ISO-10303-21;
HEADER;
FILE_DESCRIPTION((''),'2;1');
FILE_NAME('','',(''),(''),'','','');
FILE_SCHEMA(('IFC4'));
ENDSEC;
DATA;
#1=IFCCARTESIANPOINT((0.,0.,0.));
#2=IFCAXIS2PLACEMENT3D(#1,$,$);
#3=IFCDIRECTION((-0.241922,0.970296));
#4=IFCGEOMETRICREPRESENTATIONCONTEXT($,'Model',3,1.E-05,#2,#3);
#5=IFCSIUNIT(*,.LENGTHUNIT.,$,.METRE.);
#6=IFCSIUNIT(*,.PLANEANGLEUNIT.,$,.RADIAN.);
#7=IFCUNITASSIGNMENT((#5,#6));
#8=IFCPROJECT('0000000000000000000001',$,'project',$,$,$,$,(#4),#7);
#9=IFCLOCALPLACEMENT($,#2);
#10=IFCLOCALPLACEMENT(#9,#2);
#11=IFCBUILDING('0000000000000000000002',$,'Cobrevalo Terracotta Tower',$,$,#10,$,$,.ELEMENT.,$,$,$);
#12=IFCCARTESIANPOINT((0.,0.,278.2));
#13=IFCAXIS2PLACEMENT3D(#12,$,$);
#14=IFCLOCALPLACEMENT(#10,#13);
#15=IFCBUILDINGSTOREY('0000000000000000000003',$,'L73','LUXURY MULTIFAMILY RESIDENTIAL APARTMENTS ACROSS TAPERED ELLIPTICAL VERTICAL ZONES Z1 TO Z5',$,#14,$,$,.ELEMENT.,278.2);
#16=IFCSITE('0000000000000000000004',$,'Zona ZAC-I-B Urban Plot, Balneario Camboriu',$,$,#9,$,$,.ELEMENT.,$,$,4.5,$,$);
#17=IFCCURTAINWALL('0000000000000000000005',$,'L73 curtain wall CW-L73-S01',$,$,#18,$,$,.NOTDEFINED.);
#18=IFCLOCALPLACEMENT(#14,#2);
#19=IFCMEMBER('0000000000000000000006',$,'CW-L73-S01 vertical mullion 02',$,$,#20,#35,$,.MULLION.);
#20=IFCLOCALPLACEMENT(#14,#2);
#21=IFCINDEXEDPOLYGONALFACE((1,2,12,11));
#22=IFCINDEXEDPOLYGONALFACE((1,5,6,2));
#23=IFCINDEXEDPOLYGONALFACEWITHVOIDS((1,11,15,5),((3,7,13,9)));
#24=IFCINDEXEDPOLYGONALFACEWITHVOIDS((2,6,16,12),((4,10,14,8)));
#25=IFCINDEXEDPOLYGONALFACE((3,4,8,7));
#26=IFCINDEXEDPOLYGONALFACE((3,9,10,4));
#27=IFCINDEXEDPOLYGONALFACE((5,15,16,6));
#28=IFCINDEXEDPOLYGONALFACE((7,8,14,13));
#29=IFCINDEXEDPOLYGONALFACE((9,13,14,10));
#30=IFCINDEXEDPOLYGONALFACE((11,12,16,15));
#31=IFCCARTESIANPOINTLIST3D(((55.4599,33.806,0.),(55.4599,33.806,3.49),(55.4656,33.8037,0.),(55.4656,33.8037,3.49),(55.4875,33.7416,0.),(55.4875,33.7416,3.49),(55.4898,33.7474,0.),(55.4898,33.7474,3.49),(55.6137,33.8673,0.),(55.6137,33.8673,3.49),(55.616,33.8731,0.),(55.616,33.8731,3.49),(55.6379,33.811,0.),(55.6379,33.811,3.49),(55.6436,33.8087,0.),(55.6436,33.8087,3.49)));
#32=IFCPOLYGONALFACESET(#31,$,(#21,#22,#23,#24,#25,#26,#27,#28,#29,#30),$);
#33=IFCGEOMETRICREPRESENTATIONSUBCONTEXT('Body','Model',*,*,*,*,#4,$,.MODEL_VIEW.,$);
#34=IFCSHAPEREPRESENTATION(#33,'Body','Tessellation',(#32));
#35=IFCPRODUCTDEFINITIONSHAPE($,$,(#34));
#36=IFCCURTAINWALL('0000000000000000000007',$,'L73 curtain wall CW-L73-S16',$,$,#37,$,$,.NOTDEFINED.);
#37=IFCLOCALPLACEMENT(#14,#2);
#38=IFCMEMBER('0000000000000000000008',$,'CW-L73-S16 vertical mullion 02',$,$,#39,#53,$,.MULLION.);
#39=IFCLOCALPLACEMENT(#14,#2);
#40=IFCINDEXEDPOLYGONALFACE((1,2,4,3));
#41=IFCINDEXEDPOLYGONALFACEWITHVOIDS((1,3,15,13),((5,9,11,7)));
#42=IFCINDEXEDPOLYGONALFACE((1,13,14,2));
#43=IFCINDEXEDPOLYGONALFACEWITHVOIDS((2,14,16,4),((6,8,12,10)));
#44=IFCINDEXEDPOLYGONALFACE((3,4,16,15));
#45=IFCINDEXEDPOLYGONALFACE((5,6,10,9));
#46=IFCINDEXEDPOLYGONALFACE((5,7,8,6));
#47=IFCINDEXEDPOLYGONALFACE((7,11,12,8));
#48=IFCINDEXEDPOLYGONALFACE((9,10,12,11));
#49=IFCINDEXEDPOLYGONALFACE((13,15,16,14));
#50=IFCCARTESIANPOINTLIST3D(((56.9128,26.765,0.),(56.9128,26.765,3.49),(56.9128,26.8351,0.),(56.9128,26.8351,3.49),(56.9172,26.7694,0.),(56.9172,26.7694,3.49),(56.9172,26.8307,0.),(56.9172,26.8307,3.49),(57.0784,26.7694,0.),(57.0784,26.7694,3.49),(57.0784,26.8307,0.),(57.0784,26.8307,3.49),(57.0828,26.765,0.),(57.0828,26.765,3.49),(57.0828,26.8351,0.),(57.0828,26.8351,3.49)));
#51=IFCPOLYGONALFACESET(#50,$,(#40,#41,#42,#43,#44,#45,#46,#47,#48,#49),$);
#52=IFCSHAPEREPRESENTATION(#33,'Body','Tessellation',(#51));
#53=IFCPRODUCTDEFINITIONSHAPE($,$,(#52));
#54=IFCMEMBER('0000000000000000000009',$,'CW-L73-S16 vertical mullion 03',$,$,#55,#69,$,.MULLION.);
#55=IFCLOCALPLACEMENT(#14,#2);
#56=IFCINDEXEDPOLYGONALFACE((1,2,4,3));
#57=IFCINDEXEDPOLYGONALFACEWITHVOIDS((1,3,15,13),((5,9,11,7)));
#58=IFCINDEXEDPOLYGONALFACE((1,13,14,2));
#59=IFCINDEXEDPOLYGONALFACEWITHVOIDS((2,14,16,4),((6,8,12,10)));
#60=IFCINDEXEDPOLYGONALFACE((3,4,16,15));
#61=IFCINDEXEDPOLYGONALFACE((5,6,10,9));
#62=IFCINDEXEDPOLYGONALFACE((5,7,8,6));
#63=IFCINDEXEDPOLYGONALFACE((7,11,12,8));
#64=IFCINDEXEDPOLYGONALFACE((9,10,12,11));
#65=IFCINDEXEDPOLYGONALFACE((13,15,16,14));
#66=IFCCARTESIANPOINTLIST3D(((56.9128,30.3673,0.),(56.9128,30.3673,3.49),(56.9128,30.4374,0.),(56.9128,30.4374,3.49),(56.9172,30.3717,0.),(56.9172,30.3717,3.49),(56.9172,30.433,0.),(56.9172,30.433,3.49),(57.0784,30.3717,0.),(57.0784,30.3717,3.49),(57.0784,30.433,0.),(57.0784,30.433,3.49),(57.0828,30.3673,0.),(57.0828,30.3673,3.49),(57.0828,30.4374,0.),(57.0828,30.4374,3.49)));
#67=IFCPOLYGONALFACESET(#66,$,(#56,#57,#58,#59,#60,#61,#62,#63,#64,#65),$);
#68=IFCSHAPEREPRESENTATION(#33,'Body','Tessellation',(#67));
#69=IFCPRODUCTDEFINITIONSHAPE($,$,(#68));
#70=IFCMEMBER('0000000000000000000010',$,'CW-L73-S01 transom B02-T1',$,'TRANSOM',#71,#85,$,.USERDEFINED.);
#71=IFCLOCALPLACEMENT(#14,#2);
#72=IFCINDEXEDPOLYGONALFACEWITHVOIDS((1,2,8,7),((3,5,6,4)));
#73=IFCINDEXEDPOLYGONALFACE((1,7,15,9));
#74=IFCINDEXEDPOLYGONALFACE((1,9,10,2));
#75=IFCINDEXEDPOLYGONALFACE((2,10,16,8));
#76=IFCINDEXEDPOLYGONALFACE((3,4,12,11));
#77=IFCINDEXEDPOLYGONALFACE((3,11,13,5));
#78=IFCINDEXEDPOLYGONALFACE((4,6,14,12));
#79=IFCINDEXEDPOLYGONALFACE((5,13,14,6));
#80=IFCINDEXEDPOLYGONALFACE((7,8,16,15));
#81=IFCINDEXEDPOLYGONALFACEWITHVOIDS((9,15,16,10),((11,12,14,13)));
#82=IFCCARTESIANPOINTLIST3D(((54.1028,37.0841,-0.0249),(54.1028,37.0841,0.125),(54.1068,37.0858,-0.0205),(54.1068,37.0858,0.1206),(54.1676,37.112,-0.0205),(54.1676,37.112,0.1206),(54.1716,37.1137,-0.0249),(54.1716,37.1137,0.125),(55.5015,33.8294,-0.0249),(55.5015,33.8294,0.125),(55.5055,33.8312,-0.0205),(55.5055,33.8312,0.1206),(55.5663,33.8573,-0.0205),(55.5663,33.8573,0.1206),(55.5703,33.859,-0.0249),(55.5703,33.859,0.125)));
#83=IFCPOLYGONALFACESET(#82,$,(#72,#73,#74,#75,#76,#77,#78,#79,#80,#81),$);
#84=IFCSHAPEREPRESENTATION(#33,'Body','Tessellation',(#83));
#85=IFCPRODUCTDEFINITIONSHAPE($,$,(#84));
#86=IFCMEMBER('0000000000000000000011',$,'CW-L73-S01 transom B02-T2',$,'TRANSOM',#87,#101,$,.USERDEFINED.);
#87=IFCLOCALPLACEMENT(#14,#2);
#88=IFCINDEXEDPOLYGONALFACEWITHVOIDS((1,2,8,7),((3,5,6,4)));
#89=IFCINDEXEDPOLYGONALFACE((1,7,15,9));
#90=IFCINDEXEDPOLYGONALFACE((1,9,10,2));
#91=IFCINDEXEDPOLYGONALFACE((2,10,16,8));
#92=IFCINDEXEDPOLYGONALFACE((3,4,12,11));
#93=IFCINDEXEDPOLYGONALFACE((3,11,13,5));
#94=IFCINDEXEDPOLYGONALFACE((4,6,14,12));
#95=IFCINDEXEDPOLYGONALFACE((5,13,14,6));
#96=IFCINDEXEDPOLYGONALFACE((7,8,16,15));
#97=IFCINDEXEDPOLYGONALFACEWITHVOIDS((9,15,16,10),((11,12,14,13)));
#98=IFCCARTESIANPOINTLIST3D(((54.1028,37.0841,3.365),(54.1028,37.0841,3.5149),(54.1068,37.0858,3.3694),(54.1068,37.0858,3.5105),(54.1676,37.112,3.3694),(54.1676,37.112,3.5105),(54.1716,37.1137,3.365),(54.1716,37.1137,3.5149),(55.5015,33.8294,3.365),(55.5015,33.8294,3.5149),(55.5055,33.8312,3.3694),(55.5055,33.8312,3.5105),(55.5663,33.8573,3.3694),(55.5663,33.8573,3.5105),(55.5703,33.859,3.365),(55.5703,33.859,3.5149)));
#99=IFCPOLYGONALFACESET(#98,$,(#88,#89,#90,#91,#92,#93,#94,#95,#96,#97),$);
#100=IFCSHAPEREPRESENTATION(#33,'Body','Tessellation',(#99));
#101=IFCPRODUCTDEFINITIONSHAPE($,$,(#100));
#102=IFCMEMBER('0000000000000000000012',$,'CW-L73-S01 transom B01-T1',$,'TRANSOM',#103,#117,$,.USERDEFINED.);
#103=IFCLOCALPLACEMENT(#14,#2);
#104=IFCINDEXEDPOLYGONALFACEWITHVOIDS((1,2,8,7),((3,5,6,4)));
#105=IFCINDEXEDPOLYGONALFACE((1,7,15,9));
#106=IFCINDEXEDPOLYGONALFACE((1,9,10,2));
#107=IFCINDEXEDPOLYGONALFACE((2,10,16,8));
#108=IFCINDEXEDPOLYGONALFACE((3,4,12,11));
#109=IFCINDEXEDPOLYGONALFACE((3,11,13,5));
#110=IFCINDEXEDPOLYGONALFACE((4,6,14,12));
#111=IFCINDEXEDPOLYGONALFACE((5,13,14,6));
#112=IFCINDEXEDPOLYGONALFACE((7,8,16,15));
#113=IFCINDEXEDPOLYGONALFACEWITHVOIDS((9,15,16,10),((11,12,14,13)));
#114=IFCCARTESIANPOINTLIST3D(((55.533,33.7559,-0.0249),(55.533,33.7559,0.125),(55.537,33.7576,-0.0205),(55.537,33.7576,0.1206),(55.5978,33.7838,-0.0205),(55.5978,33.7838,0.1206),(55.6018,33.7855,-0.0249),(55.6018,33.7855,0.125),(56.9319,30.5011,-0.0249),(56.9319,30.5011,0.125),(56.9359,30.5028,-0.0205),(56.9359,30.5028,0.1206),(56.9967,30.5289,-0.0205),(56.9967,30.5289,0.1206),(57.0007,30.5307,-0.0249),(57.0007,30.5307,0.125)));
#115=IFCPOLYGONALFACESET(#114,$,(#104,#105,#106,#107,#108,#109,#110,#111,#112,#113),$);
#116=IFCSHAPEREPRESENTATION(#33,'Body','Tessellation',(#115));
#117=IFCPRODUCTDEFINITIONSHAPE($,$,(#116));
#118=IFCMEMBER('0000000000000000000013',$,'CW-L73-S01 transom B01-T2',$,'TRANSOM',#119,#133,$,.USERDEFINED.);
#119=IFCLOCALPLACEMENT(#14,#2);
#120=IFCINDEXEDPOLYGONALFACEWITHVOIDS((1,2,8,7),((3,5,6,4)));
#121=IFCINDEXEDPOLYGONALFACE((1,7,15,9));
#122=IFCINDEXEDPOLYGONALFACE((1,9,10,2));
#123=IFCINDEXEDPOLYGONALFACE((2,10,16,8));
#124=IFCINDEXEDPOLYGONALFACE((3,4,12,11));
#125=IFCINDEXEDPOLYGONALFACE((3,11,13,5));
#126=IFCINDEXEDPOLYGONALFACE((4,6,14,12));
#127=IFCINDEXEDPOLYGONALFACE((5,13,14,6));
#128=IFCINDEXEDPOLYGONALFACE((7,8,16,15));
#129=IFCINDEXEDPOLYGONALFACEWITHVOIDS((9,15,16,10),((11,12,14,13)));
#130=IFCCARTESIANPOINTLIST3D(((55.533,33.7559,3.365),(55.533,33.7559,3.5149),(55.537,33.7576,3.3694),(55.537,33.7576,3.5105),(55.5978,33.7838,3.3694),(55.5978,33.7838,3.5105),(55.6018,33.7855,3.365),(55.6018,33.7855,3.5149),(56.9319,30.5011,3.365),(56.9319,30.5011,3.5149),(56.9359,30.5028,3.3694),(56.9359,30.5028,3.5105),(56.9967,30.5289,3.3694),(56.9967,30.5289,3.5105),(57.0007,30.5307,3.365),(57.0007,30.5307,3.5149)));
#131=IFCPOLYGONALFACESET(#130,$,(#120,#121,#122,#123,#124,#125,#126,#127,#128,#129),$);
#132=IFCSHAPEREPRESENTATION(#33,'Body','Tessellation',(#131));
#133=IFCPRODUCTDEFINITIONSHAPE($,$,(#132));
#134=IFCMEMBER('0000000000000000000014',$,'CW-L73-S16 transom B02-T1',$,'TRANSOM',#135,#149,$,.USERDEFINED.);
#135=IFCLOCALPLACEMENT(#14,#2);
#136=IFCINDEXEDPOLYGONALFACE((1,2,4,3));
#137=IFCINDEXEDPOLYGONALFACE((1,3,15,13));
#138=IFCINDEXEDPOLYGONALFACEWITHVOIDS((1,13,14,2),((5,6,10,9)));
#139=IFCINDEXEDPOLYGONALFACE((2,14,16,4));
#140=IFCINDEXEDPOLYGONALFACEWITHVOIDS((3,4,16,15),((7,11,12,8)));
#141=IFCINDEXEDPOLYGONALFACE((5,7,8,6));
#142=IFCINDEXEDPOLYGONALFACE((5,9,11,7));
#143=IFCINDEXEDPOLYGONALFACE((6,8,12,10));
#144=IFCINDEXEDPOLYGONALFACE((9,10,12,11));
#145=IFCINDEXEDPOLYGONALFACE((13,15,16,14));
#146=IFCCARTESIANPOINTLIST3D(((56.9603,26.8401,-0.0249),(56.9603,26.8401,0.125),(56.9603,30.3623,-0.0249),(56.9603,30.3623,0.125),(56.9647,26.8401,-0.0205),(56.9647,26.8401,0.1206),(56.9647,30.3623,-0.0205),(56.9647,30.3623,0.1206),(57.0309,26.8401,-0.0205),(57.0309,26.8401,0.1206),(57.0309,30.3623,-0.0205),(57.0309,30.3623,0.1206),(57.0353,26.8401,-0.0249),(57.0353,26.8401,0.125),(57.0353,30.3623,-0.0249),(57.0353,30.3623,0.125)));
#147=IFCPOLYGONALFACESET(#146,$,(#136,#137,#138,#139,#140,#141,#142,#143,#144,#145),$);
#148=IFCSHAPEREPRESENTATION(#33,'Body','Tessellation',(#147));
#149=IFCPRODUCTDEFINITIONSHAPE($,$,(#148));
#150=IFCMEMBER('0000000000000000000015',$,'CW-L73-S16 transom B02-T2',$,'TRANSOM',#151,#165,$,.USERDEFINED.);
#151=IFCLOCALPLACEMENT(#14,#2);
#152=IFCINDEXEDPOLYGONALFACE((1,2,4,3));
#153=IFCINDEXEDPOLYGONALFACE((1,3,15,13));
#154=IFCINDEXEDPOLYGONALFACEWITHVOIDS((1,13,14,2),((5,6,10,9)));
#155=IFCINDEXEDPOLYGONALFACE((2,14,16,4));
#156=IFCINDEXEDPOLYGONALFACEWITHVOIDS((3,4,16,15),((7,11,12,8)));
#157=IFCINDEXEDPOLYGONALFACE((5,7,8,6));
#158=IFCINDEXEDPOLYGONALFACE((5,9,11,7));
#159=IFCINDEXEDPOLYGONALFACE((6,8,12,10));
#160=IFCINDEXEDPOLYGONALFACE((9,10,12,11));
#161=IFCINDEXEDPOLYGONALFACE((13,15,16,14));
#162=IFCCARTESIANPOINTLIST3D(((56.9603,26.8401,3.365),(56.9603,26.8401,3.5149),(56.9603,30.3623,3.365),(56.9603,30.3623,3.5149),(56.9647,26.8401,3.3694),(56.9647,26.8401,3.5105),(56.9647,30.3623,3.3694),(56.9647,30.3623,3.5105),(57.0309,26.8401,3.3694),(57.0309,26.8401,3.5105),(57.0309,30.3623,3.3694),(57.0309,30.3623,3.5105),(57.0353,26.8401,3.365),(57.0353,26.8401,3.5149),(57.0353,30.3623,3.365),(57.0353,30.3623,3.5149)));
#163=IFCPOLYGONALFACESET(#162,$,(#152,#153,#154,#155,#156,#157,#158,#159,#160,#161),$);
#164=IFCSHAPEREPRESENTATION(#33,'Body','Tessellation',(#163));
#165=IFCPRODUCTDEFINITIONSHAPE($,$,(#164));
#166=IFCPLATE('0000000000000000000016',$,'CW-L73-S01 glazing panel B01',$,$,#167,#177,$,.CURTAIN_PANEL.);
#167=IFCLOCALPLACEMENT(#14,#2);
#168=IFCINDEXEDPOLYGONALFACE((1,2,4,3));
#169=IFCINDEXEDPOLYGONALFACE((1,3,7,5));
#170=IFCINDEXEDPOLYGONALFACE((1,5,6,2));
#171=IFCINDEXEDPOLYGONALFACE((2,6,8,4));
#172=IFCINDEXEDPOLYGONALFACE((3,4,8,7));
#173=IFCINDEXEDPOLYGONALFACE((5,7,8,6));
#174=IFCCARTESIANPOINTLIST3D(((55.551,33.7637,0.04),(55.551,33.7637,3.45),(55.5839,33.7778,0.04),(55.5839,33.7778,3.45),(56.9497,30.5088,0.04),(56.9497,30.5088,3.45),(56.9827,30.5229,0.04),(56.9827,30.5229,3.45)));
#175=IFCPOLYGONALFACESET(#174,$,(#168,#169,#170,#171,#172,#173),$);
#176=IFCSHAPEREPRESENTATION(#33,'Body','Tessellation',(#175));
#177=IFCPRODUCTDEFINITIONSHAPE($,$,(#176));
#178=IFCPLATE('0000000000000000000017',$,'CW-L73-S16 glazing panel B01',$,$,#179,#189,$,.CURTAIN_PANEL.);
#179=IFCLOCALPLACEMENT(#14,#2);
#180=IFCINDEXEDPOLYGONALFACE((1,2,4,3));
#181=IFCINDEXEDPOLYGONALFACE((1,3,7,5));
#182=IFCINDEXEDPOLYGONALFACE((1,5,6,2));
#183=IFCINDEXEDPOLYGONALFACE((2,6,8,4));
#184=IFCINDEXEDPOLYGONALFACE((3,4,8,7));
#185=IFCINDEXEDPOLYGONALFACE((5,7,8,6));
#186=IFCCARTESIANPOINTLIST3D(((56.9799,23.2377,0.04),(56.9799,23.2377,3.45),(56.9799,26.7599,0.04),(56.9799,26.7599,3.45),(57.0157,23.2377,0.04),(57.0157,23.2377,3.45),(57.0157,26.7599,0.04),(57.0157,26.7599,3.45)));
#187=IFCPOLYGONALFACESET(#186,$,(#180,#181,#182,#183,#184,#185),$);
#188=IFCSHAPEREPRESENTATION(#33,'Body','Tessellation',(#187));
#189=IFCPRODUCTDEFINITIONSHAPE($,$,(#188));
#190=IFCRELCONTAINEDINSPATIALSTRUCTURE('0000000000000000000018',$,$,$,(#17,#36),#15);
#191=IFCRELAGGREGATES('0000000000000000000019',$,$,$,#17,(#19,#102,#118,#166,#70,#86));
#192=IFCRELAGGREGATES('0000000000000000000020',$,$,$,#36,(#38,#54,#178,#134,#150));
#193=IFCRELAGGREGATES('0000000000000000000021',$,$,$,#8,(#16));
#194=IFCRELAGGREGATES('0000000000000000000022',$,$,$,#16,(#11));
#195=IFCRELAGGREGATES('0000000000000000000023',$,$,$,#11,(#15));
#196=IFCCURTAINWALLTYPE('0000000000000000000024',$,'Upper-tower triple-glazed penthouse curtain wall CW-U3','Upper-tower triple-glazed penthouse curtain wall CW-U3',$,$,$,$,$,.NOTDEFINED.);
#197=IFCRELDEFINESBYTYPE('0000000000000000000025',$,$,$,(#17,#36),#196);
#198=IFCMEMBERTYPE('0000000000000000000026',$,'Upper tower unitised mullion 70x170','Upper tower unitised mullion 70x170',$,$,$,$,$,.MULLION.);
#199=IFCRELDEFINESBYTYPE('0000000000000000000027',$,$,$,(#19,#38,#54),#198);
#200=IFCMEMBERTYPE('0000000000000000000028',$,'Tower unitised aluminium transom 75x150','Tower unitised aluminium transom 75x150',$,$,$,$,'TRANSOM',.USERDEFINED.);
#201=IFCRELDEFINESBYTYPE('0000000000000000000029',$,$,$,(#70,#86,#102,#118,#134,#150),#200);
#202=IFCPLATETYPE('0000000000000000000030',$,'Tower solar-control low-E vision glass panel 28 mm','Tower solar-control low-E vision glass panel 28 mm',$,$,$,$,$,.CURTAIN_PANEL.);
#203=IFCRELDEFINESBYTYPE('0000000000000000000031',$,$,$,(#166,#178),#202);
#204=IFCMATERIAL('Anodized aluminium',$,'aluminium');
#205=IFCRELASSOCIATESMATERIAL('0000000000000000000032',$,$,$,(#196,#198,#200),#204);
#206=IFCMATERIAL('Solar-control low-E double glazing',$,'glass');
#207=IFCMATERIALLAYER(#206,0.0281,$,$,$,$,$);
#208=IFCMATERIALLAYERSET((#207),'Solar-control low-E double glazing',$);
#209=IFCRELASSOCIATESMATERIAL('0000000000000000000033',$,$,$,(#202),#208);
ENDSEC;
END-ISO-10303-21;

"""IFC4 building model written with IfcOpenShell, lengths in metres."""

from ifc_helpers import new_model, si_unit, direction, frame, origin, origin_2d, place, context, subcontext, project, spatial, rectangle, hollow_rectangle, extrude, source, transform, mapped, material, layer, layer_set, material_profile, profile_set, type_object, element, aggregate, save


model = new_model("IFC4")

# Units and contexts
model_context = context("Model", 3, precision=1e-05, world=origin(), true_north=direction((-0.241922, 0.970296)))
body_context = subcontext(model_context, "Body", "Model", "MODEL_VIEW")
ifc_project = project(units=[si_unit("LENGTHUNIT", "METRE"), si_unit("PLANEANGLEUNIT", "RADIAN")], contexts=[model_context])

# Site, building, storey
site_placement = place(None, origin())
site = spatial("IfcSite", under=ifc_project, at=site_placement, Name="Zona ZAC-I-B Urban Plot, Balneario Camboriu", CompositionType="ELEMENT", RefElevation=4.5)
building_placement = place(site_placement, origin())
building = spatial("IfcBuilding", under=site, at=building_placement, Name="Cobrevalo Terracotta Tower", CompositionType="ELEMENT")
storey_placement = place(building_placement, frame((0.0, 0.0, 278.2)))
storey = spatial("IfcBuildingStorey", under=building, at=storey_placement, Name="L73", Description="LUXURY MULTIFAMILY RESIDENTIAL APARTMENTS ACROSS TAPERED ELLIPTICAL VERTICAL ZONES Z1 TO Z5", CompositionType="ELEMENT", Elevation=278.2)

# Curtain walls, members
ifc_material_1 = material(Name="Anodized aluminium", Category="aluminium")
curtain_wall_type = type_object("IfcCurtainWallType", Name="Upper-tower triple-glazed penthouse curtain wall CW-U3", Description="Upper-tower triple-glazed penthouse curtain wall CW-U3", PredefinedType="NOTDEFINED", material=ifc_material_1)
curtain_wall_1_placement = place(storey_placement, origin())
curtain_wall_1 = element("IfcCurtainWall", 1, at=curtain_wall_1_placement, inside=storey, type_object=curtain_wall_type, Name="L73 curtain wall CW-L73-S01", PredefinedType="NOTDEFINED")
ifc_material_profile_1 = material_profile(ifc_material_1, hollow_rectangle(XDim=0.0701, YDim=0.1699, WallThickness=0.0044, at=origin_2d()), Name="CWM 70x170")
ifc_profile_set_1 = profile_set([ifc_material_profile_1], Name="Anodized aluminium")
member_type_1 = type_object("IfcMemberType", Name="Upper tower unitised mullion 70x170", Description="Upper tower unitised mullion 70x170", PredefinedType="MULLION", material=ifc_profile_set_1)
shared_shape_1 = source(origin(), body_context, "Body", "SweptSolid", [
    extrude(hollow_rectangle(XDim=0.0701, YDim=0.1699, WallThickness=0.0044, at=origin_2d()), origin(), (0.0, 0.0, 1.0), 3.49),
])
member_1_placement = place(storey_placement, frame((55.5518, 33.8074, 0.0), z_axis=(0.0, 0.0, 1.0), x_axis=(-0.394824, 0.918757, 0.0)))
member_1 = element("IfcMember", 2, at=member_1_placement, type_object=member_type_1, Name="CW-L73-S01 vertical mullion 02", PredefinedType="MULLION", context=body_context, shape_type="MappedRepresentation", body=[
    mapped(shared_shape_1, transform((0.0, 0.0, 0.0), scale=1.0)),
])
curtain_wall_2_placement = place(storey_placement, origin())
curtain_wall_2 = element("IfcCurtainWall", 3, at=curtain_wall_2_placement, inside=storey, type_object=curtain_wall_type, Name="L73 curtain wall CW-L73-S16", PredefinedType="NOTDEFINED")
member_2_placement = place(storey_placement, frame((56.9978, 26.8, 0.0), z_axis=(0.0, 0.0, 1.0), x_axis=(0.0, 1.0, 0.0)))
member_2 = element("IfcMember", 4, at=member_2_placement, type_object=member_type_1, Name="CW-L73-S16 vertical mullion 02", PredefinedType="MULLION", context=body_context, shape_type="MappedRepresentation", body=[
    mapped(shared_shape_1, transform((0.0, 0.0, 0.0), scale=1.0)),
])
member_3_placement = place(storey_placement, frame((56.9978, 30.4023, 0.0), z_axis=(0.0, 0.0, 1.0), x_axis=(0.0, 1.0, 0.0)))
member_3 = element("IfcMember", 5, at=member_3_placement, type_object=member_type_1, Name="CW-L73-S16 vertical mullion 03", PredefinedType="MULLION", context=body_context, shape_type="MappedRepresentation", body=[
    mapped(shared_shape_1, transform((0.0, 0.0, 0.0), scale=1.0)),
])

# Members
ifc_material_profile_2 = material_profile(ifc_material_1, hollow_rectangle(XDim=0.075, YDim=0.1499, WallThickness=0.0044, at=origin_2d()), Name="CWT 75x150")
ifc_profile_set_2 = profile_set([ifc_material_profile_2], Name="Anodized aluminium")
member_type_2 = type_object("IfcMemberType", Name="Tower unitised aluminium transom 75x150", Description="Tower unitised aluminium transom 75x150", ElementType="TRANSOM", PredefinedType="USERDEFINED", material=ifc_profile_set_2)
shared_shape_2 = source(origin(), body_context, "Body", "SweptSolid", [
    extrude(hollow_rectangle(XDim=0.075, YDim=0.1499, WallThickness=0.0044, at=origin_2d()), origin(), (0.0, 0.0, 1.0), 3.5425),
])
member_4_placement = place(storey_placement, frame((55.5359, 33.8442, 0.05), z_axis=(-0.394834, 0.918752, 0.0), x_axis=(-0.918752, -0.394834, 0.0)))
member_4 = element("IfcMember", 6, at=member_4_placement, type_object=member_type_2, Name="CW-L73-S01 transom B02-T1", ObjectType="TRANSOM", PredefinedType="USERDEFINED", context=body_context, shape_type="MappedRepresentation", body=[
    mapped(shared_shape_2, transform((0.0, 0.0, 0.0), scale=1.0)),
])
member_5_placement = place(storey_placement, frame((55.5359, 33.8442, 3.4399), z_axis=(-0.394834, 0.918752, 0.0), x_axis=(-0.918752, -0.394834, 0.0)))
member_5 = element("IfcMember", 7, at=member_5_placement, type_object=member_type_2, Name="CW-L73-S01 transom B02-T2", ObjectType="TRANSOM", PredefinedType="USERDEFINED", context=body_context, shape_type="MappedRepresentation", body=[
    mapped(shared_shape_2, transform((0.0, 0.0, 0.0), scale=1.0)),
])
shared_shape_3 = source(origin(), body_context, "Body", "SweptSolid", [
    extrude(hollow_rectangle(XDim=0.075, YDim=0.1499, WallThickness=0.0044, at=origin_2d()), origin(), (0.0, 0.0, 1.0), 3.5427),
])
member_6_placement = place(storey_placement, frame((56.9663, 30.5159, 0.05), z_axis=(-0.394867, 0.918738, 0.0), x_axis=(-0.918738, -0.394867, 0.0)))
member_6 = element("IfcMember", 8, at=member_6_placement, type_object=member_type_2, Name="CW-L73-S01 transom B01-T1", ObjectType="TRANSOM", PredefinedType="USERDEFINED", context=body_context, shape_type="MappedRepresentation", body=[
    mapped(shared_shape_3, transform((0.0, 0.0, 0.0), scale=1.0)),
])
member_7_placement = place(storey_placement, frame((56.9663, 30.5159, 3.4399), z_axis=(-0.394867, 0.918738, 0.0), x_axis=(-0.918738, -0.394867, 0.0)))
member_7 = element("IfcMember", 9, at=member_7_placement, type_object=member_type_2, Name="CW-L73-S01 transom B01-T2", ObjectType="TRANSOM", PredefinedType="USERDEFINED", context=body_context, shape_type="MappedRepresentation", body=[
    mapped(shared_shape_3, transform((0.0, 0.0, 0.0), scale=1.0)),
])
shared_shape_4 = source(origin(), body_context, "Body", "SweptSolid", [
    extrude(hollow_rectangle(XDim=0.075, YDim=0.1499, WallThickness=0.0044, at=origin_2d()), origin(), (0.0, 0.0, 1.0), 3.5222),
])
member_8_placement = place(storey_placement, frame((56.9978, 26.8401, 0.05), z_axis=(0.0, 1.0, 0.0), x_axis=(-1.0, 0.0, 0.0)))
member_8 = element("IfcMember", 10, at=member_8_placement, type_object=member_type_2, Name="CW-L73-S16 transom B02-T1", ObjectType="TRANSOM", PredefinedType="USERDEFINED", context=body_context, shape_type="MappedRepresentation", body=[
    mapped(shared_shape_4, transform((0.0, 0.0, 0.0), scale=1.0)),
])
member_9_placement = place(storey_placement, frame((56.9978, 26.8401, 3.4399), z_axis=(0.0, 1.0, 0.0), x_axis=(-1.0, 0.0, 0.0)))
member_9 = element("IfcMember", 11, at=member_9_placement, type_object=member_type_2, Name="CW-L73-S16 transom B02-T2", ObjectType="TRANSOM", PredefinedType="USERDEFINED", context=body_context, shape_type="MappedRepresentation", body=[
    mapped(shared_shape_4, transform((0.0, 0.0, 0.0), scale=1.0)),
])

# Plates
ifc_material_2 = material(Name="Solar-control low-E double glazing", Category="glass")
ifc_layer_1 = layer(ifc_material_2, 0.0281)
ifc_layer_set_1 = layer_set([ifc_layer_1], Name="Solar-control low-E double glazing")
plate_type = type_object("IfcPlateType", Name="Tower solar-control low-E vision glass panel 28 mm", Description="Tower solar-control low-E vision glass panel 28 mm", PredefinedType="CURTAIN_PANEL", material=ifc_layer_set_1)
shared_shape_5 = source(origin(), body_context, "Body", "SweptSolid", [
    extrude(rectangle(XDim=3.5427, YDim=0.0359, at=origin_2d()), origin(), (0.0, 0.0, 1.0), 3.4099),
])
plate_1_placement = place(storey_placement, frame((56.2668, 32.1433, 0.04), z_axis=(0.0, 0.0, 1.0), x_axis=(-0.394829, 0.918755, 0.0)))
plate_1 = element("IfcPlate", 12, at=plate_1_placement, type_object=plate_type, Name="CW-L73-S01 glazing panel B01", PredefinedType="CURTAIN_PANEL", context=body_context, shape_type="MappedRepresentation", body=[
    mapped(shared_shape_5, transform((0.0, 0.0, 0.0), scale=1.0)),
])
aggregate(curtain_wall_1, [member_1, member_6, member_7, plate_1, member_4, member_5])
shared_shape_6 = source(origin(), body_context, "Body", "SweptSolid", [
    extrude(rectangle(XDim=3.5222, YDim=0.0359, at=origin_2d()), origin(), (0.0, 0.0, 1.0), 3.4099),
])
plate_2_placement = place(storey_placement, frame((56.9978, 24.9988, 0.04), z_axis=(0.0, 0.0, 1.0), x_axis=(0.0, 1.0, 0.0)))
plate_2 = element("IfcPlate", 13, at=plate_2_placement, type_object=plate_type, Name="CW-L73-S16 glazing panel B01", PredefinedType="CURTAIN_PANEL", context=body_context, shape_type="MappedRepresentation", body=[
    mapped(shared_shape_6, transform((0.0, 0.0, 0.0), scale=1.0)),
])
aggregate(curtain_wall_2, [member_2, member_3, plate_2, member_8, member_9])

save(model, "model.ifc")
